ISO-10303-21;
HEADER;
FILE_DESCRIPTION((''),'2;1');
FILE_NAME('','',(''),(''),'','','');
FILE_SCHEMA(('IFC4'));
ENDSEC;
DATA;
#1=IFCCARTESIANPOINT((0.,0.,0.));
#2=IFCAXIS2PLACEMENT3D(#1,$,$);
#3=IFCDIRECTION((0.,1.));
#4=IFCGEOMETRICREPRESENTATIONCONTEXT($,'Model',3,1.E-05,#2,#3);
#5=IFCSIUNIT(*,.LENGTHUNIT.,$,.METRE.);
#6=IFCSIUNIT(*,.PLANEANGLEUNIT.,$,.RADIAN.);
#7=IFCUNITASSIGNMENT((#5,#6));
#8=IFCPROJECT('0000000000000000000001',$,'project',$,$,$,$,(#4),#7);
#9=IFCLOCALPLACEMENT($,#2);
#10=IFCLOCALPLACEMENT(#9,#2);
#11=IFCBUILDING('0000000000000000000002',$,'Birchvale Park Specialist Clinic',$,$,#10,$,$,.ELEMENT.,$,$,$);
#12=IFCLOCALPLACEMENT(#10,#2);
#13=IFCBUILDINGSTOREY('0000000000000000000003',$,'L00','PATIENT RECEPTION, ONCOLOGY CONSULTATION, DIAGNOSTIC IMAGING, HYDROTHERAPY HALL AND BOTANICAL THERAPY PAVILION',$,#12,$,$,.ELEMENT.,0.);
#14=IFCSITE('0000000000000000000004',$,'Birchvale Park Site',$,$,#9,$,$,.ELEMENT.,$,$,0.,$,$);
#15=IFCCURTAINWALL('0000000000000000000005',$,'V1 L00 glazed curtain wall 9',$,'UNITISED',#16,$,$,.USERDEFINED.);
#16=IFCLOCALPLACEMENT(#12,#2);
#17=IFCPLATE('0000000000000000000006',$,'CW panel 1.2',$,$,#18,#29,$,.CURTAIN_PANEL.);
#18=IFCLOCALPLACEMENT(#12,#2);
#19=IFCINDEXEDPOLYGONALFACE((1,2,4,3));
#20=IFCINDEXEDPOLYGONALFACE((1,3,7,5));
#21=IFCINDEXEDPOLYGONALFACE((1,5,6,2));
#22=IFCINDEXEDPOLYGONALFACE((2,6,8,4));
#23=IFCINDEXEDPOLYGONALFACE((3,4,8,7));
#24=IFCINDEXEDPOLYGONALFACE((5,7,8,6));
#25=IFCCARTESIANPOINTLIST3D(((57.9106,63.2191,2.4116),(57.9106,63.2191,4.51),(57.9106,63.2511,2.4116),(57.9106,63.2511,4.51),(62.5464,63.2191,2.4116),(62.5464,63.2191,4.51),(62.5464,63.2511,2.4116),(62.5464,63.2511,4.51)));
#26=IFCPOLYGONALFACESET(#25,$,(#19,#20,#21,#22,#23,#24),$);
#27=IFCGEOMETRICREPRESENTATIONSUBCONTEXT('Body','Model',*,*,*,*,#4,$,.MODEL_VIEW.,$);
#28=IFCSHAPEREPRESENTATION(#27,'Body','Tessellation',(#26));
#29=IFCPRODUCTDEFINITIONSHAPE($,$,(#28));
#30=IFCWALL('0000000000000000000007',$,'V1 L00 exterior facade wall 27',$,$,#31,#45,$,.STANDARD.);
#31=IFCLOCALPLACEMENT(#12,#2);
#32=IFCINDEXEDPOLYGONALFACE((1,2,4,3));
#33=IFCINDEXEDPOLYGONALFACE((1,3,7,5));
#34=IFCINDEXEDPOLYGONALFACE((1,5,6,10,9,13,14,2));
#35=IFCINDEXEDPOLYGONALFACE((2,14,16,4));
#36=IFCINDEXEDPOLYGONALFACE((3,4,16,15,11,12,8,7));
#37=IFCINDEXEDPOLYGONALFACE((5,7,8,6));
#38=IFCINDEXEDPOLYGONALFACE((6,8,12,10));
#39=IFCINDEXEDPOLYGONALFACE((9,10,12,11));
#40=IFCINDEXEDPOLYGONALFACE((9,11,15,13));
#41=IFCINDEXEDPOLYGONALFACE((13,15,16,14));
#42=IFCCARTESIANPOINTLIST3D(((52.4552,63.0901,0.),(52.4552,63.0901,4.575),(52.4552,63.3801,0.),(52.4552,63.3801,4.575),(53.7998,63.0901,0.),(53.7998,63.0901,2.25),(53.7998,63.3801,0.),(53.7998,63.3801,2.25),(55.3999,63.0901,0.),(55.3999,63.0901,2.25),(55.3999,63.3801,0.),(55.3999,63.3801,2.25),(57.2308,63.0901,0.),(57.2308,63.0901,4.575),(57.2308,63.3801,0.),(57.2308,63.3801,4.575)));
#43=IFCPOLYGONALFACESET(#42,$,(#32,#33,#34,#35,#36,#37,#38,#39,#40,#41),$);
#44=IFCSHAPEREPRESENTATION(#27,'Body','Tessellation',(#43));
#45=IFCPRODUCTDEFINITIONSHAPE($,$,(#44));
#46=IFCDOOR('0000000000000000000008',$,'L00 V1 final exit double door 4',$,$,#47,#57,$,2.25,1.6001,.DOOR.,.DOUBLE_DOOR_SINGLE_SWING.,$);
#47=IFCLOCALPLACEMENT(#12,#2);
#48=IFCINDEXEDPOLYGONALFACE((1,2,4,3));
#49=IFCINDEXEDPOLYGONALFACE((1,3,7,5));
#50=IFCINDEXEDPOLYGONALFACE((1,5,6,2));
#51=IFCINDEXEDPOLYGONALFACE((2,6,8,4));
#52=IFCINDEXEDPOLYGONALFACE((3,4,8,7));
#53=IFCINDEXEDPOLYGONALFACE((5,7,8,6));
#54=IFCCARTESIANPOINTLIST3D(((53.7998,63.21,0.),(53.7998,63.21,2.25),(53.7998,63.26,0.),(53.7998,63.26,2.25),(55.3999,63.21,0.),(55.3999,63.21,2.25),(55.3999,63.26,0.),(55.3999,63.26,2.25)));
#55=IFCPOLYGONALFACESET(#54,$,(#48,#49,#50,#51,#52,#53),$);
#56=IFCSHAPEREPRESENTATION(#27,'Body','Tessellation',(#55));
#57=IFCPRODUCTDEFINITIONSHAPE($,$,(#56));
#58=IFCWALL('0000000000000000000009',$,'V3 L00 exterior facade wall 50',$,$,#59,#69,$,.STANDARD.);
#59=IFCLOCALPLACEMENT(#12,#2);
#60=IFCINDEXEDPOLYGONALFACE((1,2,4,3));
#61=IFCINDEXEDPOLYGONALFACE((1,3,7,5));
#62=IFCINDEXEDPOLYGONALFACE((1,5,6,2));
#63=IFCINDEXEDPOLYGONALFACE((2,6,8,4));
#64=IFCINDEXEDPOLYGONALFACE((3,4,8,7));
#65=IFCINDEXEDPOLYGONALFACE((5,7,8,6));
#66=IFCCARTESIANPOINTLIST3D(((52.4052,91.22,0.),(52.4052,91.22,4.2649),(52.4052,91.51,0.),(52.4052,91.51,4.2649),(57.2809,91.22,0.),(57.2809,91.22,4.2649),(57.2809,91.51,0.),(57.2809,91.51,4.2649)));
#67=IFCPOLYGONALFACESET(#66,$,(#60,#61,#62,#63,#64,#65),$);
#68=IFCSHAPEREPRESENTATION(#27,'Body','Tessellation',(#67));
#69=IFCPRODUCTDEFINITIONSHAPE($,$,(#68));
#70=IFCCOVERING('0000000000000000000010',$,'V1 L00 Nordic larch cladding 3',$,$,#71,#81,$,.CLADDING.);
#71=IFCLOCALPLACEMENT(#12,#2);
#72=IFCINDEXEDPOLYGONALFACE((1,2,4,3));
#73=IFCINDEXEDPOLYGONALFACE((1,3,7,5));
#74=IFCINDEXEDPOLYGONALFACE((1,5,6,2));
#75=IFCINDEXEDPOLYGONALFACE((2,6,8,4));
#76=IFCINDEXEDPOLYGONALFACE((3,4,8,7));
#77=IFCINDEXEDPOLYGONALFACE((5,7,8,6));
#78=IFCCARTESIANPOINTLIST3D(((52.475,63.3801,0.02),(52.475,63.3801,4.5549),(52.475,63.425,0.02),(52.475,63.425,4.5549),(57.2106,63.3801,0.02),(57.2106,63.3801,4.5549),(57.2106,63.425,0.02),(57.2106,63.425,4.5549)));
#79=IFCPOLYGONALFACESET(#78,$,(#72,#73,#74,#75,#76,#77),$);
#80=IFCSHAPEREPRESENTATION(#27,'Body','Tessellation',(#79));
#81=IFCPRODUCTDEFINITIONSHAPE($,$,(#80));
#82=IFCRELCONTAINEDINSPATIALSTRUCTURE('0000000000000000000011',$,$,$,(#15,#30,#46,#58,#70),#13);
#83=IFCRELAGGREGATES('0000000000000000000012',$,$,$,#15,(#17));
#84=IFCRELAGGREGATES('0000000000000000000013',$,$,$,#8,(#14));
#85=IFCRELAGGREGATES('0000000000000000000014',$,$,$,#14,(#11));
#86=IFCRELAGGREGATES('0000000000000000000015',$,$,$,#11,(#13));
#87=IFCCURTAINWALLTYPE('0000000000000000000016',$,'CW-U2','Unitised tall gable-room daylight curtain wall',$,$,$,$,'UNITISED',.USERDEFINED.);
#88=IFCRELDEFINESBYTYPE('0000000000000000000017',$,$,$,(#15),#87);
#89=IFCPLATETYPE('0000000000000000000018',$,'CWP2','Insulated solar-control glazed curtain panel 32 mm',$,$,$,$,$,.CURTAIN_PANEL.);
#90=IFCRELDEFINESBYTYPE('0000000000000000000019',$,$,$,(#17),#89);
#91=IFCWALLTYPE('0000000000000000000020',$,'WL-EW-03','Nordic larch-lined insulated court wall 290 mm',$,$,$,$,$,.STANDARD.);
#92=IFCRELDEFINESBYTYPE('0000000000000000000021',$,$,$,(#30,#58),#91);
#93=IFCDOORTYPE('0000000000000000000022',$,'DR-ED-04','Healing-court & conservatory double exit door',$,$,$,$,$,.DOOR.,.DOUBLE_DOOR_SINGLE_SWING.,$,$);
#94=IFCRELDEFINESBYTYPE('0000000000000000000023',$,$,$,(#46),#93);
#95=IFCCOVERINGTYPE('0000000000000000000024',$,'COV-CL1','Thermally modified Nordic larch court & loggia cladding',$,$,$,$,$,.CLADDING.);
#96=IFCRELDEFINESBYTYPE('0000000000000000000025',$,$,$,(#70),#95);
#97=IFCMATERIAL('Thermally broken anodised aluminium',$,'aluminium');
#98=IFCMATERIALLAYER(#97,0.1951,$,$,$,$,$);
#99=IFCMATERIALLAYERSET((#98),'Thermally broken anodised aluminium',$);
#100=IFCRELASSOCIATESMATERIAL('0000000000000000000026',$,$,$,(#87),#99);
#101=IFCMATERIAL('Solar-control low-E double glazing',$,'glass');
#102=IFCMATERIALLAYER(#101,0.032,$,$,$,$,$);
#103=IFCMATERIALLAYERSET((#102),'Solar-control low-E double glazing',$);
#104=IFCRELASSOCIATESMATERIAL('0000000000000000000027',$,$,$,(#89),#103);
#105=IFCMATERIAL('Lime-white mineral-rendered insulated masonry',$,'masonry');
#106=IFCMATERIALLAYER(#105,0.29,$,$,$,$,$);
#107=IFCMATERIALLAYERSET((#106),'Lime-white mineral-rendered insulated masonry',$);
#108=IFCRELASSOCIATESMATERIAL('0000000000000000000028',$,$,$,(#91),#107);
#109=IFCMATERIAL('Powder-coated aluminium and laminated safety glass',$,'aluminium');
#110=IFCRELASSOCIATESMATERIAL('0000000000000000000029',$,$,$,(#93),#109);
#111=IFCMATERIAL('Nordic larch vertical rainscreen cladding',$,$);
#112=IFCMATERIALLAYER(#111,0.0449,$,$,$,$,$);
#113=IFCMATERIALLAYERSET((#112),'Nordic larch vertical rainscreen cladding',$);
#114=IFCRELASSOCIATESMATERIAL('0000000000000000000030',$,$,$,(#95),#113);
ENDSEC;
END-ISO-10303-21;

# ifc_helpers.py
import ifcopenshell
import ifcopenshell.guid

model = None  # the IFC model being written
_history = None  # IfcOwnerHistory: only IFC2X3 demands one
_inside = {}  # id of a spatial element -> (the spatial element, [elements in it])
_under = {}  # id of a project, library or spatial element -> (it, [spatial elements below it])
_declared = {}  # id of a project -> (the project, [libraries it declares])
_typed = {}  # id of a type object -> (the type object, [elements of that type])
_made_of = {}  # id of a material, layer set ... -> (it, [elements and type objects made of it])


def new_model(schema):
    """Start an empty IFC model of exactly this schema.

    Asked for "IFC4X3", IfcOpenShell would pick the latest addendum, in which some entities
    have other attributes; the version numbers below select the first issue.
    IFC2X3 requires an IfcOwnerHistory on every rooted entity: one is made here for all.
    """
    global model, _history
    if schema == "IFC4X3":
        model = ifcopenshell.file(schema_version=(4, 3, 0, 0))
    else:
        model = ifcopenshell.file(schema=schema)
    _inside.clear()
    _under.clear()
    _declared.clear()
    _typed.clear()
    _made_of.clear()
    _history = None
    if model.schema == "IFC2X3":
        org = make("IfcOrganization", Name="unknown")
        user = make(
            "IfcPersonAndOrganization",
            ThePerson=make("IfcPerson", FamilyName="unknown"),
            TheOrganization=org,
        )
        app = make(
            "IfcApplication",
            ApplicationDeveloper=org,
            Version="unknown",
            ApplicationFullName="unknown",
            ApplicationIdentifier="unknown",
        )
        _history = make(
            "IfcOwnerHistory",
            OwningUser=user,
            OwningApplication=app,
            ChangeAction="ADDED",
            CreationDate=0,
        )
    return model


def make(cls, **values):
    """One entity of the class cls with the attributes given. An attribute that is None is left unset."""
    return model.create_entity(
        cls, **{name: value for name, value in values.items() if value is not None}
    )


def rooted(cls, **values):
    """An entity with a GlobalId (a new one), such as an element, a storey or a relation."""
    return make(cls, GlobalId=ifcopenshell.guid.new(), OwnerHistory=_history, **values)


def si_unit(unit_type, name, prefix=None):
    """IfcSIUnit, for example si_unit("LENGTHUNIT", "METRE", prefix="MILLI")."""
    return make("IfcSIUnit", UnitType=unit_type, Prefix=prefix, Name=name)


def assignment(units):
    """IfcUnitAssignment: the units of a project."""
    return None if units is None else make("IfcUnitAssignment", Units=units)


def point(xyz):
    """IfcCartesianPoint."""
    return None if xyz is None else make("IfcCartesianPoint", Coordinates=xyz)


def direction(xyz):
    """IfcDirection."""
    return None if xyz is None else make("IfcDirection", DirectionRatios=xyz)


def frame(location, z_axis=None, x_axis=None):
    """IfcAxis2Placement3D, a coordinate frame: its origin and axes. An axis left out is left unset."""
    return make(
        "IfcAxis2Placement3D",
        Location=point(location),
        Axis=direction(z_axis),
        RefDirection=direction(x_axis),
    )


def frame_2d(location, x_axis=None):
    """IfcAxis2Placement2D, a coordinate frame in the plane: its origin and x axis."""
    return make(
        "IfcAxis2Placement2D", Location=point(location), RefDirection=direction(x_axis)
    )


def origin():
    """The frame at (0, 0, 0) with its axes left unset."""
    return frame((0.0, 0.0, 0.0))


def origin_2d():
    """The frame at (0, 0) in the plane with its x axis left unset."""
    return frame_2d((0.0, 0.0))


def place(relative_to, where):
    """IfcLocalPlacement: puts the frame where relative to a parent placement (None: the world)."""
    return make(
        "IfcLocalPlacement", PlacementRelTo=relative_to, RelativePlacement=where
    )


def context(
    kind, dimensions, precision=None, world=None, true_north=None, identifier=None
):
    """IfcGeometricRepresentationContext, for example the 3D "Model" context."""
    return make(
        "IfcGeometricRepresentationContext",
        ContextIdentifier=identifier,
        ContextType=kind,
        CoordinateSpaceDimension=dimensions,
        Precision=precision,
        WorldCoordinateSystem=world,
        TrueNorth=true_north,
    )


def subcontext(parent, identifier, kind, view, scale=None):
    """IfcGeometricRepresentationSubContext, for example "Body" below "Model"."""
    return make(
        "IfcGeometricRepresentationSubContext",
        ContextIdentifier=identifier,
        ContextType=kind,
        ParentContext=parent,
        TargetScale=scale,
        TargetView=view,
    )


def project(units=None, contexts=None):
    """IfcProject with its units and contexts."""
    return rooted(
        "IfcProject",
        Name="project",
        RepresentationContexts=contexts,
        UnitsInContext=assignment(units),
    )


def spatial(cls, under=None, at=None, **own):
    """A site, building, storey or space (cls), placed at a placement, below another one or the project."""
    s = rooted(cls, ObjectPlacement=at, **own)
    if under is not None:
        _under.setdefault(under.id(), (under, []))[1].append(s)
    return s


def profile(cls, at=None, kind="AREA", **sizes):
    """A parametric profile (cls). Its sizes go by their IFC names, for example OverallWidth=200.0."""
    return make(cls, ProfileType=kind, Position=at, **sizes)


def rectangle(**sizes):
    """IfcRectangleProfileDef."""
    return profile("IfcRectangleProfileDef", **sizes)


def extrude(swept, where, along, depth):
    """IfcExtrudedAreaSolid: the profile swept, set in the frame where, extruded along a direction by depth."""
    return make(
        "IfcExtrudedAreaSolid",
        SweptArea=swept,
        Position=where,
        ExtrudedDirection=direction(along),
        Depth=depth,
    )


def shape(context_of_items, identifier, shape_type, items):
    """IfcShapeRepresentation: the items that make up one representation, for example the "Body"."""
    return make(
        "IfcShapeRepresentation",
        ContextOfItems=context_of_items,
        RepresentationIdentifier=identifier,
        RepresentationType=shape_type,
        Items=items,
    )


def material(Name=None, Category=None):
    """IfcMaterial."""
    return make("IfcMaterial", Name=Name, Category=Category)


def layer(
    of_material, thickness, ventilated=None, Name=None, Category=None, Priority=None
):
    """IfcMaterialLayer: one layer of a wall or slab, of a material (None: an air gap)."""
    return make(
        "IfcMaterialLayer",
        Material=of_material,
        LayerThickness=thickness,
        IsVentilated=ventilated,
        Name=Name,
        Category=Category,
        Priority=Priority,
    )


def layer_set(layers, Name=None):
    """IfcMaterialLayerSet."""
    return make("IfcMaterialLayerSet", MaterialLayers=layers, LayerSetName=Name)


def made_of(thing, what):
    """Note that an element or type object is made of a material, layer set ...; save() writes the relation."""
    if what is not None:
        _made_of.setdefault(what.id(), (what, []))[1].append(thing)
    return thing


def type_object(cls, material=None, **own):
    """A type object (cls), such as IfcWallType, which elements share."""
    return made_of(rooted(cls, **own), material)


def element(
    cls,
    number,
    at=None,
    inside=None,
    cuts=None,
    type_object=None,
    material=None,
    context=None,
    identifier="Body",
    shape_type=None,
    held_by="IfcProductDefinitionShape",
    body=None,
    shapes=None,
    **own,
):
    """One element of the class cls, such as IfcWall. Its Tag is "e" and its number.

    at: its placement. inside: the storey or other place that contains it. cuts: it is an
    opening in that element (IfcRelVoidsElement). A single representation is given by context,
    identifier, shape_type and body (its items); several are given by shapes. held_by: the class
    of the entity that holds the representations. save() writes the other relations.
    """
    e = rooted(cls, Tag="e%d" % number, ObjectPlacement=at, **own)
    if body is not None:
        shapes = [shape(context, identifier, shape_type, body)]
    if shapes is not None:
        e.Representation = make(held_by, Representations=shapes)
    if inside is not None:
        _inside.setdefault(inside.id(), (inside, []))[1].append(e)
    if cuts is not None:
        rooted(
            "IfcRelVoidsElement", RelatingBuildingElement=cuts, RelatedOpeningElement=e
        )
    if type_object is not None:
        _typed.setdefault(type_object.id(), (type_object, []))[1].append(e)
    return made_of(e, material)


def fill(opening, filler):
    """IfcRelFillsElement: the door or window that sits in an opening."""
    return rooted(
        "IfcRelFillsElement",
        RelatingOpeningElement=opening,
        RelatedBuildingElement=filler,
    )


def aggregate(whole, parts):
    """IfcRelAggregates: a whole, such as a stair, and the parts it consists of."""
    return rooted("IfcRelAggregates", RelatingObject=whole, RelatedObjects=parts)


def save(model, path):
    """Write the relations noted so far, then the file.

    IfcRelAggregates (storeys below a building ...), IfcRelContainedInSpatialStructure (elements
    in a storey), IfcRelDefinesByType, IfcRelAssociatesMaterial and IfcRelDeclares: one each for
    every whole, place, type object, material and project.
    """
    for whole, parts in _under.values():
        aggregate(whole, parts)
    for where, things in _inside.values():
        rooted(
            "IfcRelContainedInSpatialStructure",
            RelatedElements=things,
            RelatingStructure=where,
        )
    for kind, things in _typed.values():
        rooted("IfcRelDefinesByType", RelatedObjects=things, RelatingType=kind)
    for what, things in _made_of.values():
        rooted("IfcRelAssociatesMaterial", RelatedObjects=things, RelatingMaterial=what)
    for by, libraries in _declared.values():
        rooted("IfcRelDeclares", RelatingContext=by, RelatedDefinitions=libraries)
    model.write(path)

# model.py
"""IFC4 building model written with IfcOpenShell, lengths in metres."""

from ifc_helpers import new_model, si_unit, direction, frame, frame_2d, origin, origin_2d, place, context, subcontext, project, spatial, rectangle, extrude, material, layer, layer_set, type_object, element, fill, aggregate, save


model = new_model("IFC4")

# Units and contexts
model_context = context("Model", 3, precision=1e-05, world=origin(), true_north=direction((0.0, 1.0)))
body_context = subcontext(model_context, "Body", "Model", "MODEL_VIEW")
ifc_project = project(units=[si_unit("LENGTHUNIT", "METRE"), si_unit("PLANEANGLEUNIT", "RADIAN")], contexts=[model_context])

# Site, building, storey
site_placement = place(None, origin())
site = spatial("IfcSite", under=ifc_project, at=site_placement, Name="Birchvale Park Site", CompositionType="ELEMENT", RefElevation=0.0)
building_placement = place(site_placement, origin())
building = spatial("IfcBuilding", under=site, at=building_placement, Name="Birchvale Park Specialist Clinic", CompositionType="ELEMENT")
storey_placement = place(building_placement, origin())
storey = spatial("IfcBuildingStorey", under=building, at=storey_placement, Name="L00", Description="PATIENT RECEPTION, ONCOLOGY CONSULTATION, DIAGNOSTIC IMAGING, HYDROTHERAPY HALL AND BOTANICAL THERAPY PAVILION", CompositionType="ELEMENT", Elevation=0.0)

# Curtain wall
ifc_material_1 = material(Name="Thermally broken anodised aluminium", Category="aluminium")
ifc_layer_1 = layer(ifc_material_1, 0.1951)
ifc_layer_set_1 = layer_set([ifc_layer_1], Name="Thermally broken anodised aluminium")
curtain_wall_type = type_object("IfcCurtainWallType", Name="CW-U2", Description="Unitised tall gable-room daylight curtain wall", ElementType="UNITISED", PredefinedType="USERDEFINED", material=ifc_layer_set_1)
curtain_wall_1_placement = place(storey_placement, origin())
curtain_wall_1 = element("IfcCurtainWall", 1, at=curtain_wall_1_placement, inside=storey, type_object=curtain_wall_type, Name="V1 L00 glazed curtain wall 9", ObjectType="UNITISED", PredefinedType="USERDEFINED")

# Plate
ifc_material_2 = material(Name="Solar-control low-E double glazing", Category="glass")
ifc_layer_2 = layer(ifc_material_2, 0.032)
ifc_layer_set_2 = layer_set([ifc_layer_2], Name="Solar-control low-E double glazing")
plate_type = type_object("IfcPlateType", Name="CWP2", Description="Insulated solar-control glazed curtain panel 32 mm", PredefinedType="CURTAIN_PANEL", material=ifc_layer_set_2)
plate_1_placement = place(storey_placement, frame((60.2285, 63.2351, 2.4116), z_axis=(0.0, 0.0, 1.0), x_axis=(-1.0, 0.0, 0.0)))
plate_1 = element("IfcPlate", 2, at=plate_1_placement, type_object=plate_type, Name="CW panel 1.2", PredefinedType="CURTAIN_PANEL", context=body_context, shape_type="SweptSolid", body=[
    extrude(rectangle(XDim=4.6357, YDim=0.032, at=origin_2d()), origin(), (0.0, 0.0, 1.0), 2.0984),
])
aggregate(curtain_wall_1, [plate_1])

# Wall, opening, door
ifc_material_3 = material(Name="Lime-white mineral-rendered insulated masonry", Category="masonry")
ifc_layer_3 = layer(ifc_material_3, 0.29)
ifc_layer_set_3 = layer_set([ifc_layer_3], Name="Lime-white mineral-rendered insulated masonry")
wall_type = type_object("IfcWallType", Name="WL-EW-03", Description="Nordic larch-lined insulated court wall 290 mm", PredefinedType="STANDARD", material=ifc_layer_set_3)
wall_1_placement = place(storey_placement, frame((57.2307, 63.2351, 0.0), z_axis=(0.0, 0.0, 1.0), x_axis=(-1.0, 0.0, 0.0)))
wall_1 = element("IfcWall", 3, at=wall_1_placement, inside=storey, type_object=wall_type, Name="V1 L00 exterior facade wall 27", PredefinedType="STANDARD", context=body_context, shape_type="SweptSolid", body=[
    extrude(rectangle(XDim=4.7756, YDim=0.29, at=frame_2d((2.3877, 0.0))), origin(), (0.0, 0.0, 1.0), 4.575),
])
opening_placement = place(wall_1_placement, frame((1.8308, 0.0, 0.0)))
opening = element("IfcOpeningElement", 4, at=opening_placement, cuts=wall_1, PredefinedType="OPENING", context=body_context, shape_type="SweptSolid", body=[
    extrude(rectangle(XDim=1.6001, YDim=2.25, at=frame_2d((0.8, 1.125))), frame((0.0, 0.155, 0.0), z_axis=(0.0, -1.0, 0.0), x_axis=(1.0, 0.0, 0.0)), (0.0, 0.0, 1.0), 0.3101),
])
ifc_material_4 = material(Name="Powder-coated aluminium and laminated safety glass", Category="aluminium")
door_type = type_object("IfcDoorType", Name="DR-ED-04", Description="Healing-court & conservatory double exit door", OperationType="DOUBLE_DOOR_SINGLE_SWING", PredefinedType="DOOR", material=ifc_material_4)
door_placement = place(opening_placement, frame((1.6001, 0.0, 0.0), z_axis=(0.0, 0.0, 1.0), x_axis=(-1.0, 0.0, 0.0)))
door = element("IfcDoor", 5, at=door_placement, inside=storey, type_object=door_type, Name="L00 V1 final exit double door 4", OperationType="DOUBLE_DOOR_SINGLE_SWING", OverallHeight=2.25, OverallWidth=1.6001, PredefinedType="DOOR", context=body_context, shape_type="SweptSolid", body=[
    extrude(rectangle(XDim=1.6001, YDim=2.25, at=frame_2d((0.8, 1.125))), frame((0.0, 0.0249, 0.0), z_axis=(0.0, -1.0, 0.0), x_axis=(1.0, 0.0, 0.0)), (0.0, 0.0, 1.0), 0.05),
])
fill(opening, door)

# Wall
wall_2_placement = place(storey_placement, frame((52.405, 91.365, 0.0), z_axis=(0.0, 0.0, 1.0), x_axis=(1.0, 0.0, 0.0)))
element("IfcWall", 6, at=wall_2_placement, inside=storey, type_object=wall_type, Name="V3 L00 exterior facade wall 50", PredefinedType="STANDARD", context=body_context, shape_type="SweptSolid", body=[
    extrude(rectangle(XDim=4.8757, YDim=0.29, at=frame_2d((2.438, 0.0))), origin(), (0.0, 0.0, 1.0), 4.2649),
])

# Covering
ifc_material_5 = material(Name="Nordic larch vertical rainscreen cladding")
ifc_layer_4 = layer(ifc_material_5, 0.0449)
ifc_layer_set_4 = layer_set([ifc_layer_4], Name="Nordic larch vertical rainscreen cladding")
covering_type = type_object("IfcCoveringType", Name="COV-CL1", Description="Thermally modified Nordic larch court & loggia cladding", PredefinedType="CLADDING", material=ifc_layer_set_4)
covering_placement = place(storey_placement, frame((54.8428, 63.4026, 0.02), z_axis=(0.0, 0.0, 1.0), x_axis=(-1.0, 0.0, 0.0)))
element("IfcCovering", 7, at=covering_placement, inside=storey, type_object=covering_type, Name="V1 L00 Nordic larch cladding 3", PredefinedType="CLADDING", context=body_context, shape_type="SweptSolid", body=[
    extrude(rectangle(XDim=4.7356, YDim=0.0449, at=origin_2d()), origin(), (0.0, 0.0, 1.0), 4.5349),
])

save(model, "model.ifc")
